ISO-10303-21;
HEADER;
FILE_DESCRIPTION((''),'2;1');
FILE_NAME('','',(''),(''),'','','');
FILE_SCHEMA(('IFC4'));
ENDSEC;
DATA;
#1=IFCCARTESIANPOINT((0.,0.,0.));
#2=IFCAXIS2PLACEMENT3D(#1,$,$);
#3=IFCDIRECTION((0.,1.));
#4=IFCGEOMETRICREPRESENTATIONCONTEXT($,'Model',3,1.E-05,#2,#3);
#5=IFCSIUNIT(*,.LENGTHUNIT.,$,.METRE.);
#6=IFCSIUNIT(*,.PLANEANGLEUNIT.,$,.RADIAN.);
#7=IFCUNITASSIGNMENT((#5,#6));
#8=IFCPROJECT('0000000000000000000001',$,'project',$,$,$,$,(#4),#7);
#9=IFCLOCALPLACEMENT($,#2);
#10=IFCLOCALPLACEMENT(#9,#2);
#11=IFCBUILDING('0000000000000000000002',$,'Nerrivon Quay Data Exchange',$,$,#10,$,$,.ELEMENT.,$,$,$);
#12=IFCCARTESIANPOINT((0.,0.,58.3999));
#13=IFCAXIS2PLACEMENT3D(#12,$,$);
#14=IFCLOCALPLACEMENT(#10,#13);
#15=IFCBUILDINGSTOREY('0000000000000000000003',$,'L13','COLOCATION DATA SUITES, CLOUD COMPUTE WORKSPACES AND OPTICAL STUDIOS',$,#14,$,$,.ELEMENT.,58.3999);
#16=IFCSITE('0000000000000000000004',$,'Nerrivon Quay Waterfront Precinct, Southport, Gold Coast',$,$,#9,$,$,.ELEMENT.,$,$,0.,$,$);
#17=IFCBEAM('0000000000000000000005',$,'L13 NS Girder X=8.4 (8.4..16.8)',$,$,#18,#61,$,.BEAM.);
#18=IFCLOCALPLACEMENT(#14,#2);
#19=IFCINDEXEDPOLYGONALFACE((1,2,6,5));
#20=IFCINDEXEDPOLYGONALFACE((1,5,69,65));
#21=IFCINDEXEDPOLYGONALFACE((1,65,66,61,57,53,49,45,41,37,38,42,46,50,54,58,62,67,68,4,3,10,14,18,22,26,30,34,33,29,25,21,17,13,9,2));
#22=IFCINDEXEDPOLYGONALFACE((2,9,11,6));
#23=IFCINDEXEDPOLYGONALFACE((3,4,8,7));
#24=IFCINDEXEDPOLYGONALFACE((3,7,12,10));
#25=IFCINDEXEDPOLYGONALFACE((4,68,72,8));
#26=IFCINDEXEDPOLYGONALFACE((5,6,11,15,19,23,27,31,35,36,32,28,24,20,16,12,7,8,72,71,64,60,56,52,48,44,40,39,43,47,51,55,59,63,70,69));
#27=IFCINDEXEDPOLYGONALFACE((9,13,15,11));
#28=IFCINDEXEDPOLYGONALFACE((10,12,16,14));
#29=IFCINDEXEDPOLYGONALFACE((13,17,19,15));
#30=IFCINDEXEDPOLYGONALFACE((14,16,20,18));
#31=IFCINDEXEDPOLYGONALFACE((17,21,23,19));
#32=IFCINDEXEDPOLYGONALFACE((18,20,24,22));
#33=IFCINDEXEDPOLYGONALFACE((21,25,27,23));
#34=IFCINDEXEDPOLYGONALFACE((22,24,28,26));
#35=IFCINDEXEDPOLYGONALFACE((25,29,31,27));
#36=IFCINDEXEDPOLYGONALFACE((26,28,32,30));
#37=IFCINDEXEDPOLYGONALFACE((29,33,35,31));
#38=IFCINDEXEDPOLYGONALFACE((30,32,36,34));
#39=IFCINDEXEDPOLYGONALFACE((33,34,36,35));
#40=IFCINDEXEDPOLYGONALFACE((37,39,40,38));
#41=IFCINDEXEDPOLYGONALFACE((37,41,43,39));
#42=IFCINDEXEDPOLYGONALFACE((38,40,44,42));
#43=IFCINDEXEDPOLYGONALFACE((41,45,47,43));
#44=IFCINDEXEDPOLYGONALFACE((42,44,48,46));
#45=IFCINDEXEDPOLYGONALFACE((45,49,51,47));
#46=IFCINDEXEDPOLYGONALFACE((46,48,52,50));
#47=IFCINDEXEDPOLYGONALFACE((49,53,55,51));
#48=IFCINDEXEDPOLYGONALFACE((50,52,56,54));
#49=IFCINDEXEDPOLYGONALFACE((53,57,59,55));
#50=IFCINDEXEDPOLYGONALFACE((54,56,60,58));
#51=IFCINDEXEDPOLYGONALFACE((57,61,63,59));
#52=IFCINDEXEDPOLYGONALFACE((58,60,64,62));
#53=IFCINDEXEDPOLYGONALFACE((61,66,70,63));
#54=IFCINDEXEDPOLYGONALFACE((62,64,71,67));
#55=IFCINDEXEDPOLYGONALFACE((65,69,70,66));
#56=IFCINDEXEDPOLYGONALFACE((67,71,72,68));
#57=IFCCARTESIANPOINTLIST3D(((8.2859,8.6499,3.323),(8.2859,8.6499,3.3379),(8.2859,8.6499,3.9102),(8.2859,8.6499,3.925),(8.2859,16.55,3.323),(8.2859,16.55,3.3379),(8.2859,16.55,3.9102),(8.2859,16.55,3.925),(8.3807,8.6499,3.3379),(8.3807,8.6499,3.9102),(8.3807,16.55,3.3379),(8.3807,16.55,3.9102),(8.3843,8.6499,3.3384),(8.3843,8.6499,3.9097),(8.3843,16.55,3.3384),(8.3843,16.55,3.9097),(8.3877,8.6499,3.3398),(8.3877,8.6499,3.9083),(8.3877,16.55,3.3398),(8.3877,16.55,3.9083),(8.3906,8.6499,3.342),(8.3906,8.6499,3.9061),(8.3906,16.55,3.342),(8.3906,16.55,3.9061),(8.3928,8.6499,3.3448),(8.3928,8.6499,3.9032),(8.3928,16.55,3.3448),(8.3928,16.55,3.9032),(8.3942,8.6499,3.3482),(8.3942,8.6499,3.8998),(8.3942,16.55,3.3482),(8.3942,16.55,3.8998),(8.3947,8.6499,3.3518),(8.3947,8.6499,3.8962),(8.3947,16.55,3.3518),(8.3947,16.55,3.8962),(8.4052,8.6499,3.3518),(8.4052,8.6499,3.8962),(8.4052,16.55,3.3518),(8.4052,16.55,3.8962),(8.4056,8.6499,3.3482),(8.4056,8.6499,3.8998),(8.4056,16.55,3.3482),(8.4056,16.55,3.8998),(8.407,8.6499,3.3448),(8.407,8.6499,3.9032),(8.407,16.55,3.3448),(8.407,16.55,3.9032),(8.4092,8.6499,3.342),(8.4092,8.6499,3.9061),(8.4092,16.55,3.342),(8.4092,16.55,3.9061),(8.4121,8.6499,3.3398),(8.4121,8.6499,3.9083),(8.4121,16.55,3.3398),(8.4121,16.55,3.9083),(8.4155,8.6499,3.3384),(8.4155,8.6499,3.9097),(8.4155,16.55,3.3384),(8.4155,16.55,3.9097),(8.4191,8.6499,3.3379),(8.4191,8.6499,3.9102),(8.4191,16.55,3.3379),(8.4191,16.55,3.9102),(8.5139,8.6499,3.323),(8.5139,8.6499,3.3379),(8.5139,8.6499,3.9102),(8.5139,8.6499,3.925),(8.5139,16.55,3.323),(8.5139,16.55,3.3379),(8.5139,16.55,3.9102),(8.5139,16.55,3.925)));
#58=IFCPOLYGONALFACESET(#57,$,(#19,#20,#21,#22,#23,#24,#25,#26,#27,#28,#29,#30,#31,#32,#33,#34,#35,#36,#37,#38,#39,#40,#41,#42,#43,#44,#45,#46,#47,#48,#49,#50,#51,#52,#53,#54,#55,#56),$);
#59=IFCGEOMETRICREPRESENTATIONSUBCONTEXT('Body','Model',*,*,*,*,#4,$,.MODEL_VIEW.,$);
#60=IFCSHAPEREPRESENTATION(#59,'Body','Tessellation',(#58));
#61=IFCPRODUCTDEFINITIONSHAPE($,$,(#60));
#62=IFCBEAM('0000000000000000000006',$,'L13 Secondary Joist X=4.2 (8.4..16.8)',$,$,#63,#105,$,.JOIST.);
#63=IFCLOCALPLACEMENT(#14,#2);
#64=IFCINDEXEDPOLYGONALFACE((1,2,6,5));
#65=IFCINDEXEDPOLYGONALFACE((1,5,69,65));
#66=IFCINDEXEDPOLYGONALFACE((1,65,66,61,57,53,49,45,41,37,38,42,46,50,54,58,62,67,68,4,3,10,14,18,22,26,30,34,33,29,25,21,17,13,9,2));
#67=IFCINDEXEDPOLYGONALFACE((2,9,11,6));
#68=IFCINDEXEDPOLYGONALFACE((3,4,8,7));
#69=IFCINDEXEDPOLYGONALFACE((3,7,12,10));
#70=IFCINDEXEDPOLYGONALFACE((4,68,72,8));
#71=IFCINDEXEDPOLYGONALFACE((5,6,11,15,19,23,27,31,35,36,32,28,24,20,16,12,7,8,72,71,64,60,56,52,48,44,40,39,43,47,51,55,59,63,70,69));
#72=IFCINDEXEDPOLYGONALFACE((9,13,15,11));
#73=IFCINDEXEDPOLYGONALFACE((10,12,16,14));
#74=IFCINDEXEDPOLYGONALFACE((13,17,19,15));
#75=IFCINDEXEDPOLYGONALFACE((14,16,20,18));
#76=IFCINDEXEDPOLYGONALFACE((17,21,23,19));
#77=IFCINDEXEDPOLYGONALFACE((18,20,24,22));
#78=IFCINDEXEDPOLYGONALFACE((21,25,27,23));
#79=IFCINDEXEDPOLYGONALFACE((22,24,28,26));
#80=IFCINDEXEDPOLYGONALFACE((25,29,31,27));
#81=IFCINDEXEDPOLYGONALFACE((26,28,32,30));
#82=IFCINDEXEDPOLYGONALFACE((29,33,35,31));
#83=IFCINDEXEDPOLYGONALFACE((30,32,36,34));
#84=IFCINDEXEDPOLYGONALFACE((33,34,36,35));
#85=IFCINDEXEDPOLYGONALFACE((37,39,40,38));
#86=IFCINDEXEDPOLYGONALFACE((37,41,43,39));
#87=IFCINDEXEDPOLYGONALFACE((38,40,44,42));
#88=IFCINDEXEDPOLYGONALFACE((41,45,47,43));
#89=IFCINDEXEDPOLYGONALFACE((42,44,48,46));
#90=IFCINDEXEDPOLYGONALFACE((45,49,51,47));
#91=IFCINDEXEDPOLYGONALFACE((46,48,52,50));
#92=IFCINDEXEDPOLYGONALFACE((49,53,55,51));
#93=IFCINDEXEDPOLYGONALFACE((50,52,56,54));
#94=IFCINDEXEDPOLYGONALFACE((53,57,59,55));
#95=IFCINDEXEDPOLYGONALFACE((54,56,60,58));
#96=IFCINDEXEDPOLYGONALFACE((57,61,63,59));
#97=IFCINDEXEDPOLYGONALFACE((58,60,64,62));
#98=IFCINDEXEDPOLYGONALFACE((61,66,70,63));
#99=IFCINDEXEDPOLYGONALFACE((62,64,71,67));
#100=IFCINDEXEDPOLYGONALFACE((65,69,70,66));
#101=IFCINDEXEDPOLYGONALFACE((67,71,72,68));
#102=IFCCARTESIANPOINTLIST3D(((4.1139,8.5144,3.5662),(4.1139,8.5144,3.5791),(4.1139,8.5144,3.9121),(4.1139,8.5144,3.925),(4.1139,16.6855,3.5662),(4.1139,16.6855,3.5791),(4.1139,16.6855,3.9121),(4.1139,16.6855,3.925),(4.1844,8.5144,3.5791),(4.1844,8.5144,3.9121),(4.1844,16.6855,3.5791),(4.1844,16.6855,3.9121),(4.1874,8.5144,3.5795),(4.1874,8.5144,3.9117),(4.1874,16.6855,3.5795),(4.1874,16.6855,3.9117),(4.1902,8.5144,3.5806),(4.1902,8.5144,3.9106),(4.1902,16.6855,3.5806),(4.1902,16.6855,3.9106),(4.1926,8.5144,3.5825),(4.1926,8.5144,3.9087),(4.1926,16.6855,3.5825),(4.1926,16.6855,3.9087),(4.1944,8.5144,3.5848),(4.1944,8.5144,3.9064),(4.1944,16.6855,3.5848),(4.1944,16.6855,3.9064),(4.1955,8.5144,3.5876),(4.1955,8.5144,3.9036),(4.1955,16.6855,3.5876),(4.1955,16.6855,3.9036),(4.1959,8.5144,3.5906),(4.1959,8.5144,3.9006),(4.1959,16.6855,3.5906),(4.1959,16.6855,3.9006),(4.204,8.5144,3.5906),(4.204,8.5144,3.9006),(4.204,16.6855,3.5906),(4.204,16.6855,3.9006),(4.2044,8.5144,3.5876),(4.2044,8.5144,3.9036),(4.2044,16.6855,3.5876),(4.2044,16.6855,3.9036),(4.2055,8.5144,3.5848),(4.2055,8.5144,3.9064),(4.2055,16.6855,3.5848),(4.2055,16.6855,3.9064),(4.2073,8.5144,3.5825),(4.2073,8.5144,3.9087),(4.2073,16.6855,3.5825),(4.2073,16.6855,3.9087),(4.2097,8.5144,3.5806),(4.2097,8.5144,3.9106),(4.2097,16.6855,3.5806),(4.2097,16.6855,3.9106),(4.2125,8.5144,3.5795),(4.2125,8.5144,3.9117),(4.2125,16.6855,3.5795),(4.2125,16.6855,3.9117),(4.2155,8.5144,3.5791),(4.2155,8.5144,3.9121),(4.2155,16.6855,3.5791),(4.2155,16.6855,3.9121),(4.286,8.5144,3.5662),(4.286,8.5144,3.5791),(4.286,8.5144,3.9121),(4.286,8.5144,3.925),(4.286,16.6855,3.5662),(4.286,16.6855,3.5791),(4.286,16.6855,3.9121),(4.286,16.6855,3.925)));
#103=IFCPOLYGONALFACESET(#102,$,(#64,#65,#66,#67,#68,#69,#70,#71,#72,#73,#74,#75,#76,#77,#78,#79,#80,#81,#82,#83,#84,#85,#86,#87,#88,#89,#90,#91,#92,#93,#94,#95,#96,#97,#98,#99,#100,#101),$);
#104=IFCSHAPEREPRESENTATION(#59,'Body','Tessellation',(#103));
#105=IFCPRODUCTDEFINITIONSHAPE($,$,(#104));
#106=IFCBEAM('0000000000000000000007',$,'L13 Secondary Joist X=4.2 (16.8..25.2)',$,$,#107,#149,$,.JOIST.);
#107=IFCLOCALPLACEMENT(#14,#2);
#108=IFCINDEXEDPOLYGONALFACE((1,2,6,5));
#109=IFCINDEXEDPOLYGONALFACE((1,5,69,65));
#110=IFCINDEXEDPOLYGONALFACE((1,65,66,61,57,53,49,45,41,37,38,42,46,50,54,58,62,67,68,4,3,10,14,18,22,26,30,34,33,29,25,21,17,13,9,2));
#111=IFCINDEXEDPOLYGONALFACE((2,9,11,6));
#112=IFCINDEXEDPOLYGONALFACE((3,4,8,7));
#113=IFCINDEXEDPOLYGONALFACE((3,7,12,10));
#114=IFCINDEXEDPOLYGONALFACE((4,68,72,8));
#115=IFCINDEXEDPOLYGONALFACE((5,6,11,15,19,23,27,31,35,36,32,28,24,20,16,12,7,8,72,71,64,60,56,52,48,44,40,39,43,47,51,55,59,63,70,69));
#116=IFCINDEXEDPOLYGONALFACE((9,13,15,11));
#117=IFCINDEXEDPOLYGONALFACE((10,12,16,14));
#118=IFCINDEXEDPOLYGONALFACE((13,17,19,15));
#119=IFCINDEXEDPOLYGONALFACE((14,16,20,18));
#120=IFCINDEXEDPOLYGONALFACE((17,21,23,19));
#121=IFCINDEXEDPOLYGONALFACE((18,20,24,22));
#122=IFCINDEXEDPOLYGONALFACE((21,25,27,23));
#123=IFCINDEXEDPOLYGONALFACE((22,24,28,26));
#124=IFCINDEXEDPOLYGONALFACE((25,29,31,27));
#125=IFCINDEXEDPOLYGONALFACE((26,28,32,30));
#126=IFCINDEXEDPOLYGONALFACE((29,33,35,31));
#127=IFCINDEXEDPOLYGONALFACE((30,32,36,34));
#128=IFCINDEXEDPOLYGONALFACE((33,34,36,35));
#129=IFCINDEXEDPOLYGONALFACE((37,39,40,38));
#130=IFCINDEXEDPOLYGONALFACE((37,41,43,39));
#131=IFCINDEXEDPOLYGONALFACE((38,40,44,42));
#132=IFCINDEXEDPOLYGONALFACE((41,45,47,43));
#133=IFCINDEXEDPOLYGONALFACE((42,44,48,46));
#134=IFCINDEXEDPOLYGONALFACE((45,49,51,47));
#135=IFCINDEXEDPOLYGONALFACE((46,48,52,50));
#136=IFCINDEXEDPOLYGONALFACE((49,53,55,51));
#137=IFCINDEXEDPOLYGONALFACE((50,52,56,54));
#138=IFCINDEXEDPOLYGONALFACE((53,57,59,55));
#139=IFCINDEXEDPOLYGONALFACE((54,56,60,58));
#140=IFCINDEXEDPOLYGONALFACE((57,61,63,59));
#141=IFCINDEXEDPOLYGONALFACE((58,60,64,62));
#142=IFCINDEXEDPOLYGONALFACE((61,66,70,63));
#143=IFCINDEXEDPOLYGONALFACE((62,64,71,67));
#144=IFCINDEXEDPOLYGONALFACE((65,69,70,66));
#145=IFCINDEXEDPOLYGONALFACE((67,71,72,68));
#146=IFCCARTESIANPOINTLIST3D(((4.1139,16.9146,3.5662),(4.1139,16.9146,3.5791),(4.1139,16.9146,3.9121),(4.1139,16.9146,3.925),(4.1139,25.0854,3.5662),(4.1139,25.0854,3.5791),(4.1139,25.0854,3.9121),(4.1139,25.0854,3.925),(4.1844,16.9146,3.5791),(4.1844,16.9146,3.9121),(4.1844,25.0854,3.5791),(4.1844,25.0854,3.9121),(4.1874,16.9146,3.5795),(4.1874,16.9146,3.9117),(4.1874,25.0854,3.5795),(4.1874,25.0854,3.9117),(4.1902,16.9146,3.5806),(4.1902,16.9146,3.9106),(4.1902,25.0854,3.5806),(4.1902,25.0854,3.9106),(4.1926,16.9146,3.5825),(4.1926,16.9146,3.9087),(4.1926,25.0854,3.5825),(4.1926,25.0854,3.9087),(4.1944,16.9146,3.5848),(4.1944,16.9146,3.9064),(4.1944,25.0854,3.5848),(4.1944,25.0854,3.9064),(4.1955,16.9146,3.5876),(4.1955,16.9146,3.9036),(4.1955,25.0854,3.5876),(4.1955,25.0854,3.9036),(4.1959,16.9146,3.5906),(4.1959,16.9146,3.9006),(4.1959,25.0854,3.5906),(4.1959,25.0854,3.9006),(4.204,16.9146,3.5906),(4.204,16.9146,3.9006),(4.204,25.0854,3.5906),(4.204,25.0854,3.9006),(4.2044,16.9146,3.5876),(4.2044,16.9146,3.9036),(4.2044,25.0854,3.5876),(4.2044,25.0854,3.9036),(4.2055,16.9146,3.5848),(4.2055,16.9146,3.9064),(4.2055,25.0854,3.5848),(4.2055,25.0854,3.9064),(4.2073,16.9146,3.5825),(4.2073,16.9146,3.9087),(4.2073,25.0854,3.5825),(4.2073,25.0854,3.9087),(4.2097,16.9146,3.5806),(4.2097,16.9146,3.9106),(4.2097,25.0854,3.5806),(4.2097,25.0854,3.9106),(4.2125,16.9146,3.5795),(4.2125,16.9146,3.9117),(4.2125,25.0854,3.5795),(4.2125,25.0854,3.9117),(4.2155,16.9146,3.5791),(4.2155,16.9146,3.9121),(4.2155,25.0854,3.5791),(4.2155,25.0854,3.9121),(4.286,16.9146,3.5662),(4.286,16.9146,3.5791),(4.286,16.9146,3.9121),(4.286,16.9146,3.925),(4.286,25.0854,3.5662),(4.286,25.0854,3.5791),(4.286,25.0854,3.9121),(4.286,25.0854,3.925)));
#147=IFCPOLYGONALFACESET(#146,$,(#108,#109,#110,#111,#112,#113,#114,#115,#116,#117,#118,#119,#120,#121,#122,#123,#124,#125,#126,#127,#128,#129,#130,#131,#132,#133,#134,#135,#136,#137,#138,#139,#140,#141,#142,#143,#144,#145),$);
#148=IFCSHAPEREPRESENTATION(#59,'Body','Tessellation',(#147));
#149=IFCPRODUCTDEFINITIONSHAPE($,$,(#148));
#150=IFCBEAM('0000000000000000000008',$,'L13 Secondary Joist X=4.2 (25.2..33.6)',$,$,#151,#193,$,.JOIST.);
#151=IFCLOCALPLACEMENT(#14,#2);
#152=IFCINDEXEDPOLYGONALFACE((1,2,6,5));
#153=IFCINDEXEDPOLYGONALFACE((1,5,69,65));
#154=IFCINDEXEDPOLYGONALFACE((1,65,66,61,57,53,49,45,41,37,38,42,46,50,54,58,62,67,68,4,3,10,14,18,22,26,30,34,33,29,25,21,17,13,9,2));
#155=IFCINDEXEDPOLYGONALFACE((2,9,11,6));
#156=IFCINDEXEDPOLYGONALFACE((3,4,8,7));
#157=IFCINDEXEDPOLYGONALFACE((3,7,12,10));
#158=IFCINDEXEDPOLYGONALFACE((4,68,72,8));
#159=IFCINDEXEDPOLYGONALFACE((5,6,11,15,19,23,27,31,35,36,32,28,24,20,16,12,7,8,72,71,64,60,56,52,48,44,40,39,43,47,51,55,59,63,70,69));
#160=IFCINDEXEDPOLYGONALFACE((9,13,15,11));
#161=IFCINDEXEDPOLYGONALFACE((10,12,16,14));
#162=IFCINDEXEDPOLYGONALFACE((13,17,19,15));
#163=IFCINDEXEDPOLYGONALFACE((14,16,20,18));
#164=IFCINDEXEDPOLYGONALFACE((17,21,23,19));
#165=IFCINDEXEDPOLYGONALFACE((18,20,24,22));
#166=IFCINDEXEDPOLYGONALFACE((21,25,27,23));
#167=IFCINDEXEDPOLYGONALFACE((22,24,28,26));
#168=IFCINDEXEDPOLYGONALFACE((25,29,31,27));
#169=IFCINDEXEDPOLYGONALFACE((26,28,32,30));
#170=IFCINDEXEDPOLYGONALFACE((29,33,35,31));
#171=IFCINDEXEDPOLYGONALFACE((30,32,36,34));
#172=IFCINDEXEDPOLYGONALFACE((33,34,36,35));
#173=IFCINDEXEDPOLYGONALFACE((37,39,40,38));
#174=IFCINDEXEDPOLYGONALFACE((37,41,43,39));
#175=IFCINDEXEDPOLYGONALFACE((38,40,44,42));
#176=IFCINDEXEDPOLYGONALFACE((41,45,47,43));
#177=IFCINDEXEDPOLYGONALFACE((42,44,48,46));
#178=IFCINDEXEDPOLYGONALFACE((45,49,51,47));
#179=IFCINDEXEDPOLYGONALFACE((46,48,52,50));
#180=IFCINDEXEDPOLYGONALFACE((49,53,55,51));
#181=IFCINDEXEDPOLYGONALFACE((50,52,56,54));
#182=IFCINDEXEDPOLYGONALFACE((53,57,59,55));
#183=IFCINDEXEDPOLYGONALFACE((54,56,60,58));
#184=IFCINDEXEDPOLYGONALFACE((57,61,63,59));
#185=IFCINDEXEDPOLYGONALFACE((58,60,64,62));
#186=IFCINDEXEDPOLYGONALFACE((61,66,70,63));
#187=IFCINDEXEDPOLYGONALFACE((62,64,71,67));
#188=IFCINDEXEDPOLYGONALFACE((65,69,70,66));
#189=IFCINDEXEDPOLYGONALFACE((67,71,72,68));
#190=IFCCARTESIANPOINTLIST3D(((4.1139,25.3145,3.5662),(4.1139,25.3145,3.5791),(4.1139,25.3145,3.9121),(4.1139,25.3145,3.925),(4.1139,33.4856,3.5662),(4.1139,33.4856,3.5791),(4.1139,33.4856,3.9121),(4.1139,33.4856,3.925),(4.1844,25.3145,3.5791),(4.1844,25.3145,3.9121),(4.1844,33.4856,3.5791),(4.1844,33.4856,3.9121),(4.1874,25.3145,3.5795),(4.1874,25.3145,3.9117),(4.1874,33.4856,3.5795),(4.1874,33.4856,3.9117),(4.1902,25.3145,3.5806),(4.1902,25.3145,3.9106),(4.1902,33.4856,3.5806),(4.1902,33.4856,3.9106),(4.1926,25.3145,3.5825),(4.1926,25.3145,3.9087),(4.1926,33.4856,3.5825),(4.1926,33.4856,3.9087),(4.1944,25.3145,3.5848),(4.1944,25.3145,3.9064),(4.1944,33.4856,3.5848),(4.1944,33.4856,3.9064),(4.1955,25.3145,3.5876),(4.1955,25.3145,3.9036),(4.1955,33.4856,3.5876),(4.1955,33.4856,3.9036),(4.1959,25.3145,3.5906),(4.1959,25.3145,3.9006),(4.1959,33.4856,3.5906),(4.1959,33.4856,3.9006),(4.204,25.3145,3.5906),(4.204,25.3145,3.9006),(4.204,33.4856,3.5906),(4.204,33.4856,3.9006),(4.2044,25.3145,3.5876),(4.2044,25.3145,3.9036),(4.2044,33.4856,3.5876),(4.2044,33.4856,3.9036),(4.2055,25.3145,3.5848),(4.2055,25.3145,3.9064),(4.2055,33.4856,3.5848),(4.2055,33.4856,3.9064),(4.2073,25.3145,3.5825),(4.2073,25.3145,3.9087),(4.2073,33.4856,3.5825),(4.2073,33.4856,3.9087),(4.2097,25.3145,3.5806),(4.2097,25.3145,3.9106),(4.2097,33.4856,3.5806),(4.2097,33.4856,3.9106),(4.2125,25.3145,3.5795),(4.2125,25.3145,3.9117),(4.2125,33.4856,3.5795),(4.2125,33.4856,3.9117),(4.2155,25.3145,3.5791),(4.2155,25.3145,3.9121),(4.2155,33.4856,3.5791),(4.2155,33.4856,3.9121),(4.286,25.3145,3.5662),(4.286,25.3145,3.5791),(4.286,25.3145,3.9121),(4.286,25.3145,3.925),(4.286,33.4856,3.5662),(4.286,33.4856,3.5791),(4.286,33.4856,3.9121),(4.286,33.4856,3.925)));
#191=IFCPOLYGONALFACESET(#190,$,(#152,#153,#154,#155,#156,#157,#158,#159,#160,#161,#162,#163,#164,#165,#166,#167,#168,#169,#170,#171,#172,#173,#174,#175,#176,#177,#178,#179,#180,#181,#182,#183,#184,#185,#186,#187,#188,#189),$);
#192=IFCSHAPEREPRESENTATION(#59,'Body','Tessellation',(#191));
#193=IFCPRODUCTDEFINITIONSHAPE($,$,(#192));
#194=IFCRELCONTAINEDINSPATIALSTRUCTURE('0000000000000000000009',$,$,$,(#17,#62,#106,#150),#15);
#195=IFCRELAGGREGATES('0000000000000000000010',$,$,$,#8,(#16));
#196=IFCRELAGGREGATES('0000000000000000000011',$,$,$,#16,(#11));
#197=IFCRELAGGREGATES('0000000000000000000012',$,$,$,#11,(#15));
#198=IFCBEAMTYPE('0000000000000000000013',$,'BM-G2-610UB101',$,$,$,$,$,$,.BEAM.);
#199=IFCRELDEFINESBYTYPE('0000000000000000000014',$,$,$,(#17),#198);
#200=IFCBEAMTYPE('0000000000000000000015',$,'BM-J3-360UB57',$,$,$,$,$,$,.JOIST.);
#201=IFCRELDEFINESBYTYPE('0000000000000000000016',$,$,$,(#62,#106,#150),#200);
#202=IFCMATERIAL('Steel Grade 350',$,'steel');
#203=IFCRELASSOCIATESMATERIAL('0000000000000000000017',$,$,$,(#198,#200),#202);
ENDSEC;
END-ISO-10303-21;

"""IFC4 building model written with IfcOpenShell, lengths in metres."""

from ifc_helpers import new_model, si_unit, direction, frame, origin, origin_2d, place, context, subcontext, project, spatial, i_section, extrude, material, material_profile, profile_set, type_object, element, save


model = new_model("IFC4")

# Units and contexts
model_context = context("Model", 3, precision=1e-05, world=origin(), true_north=direction((0.0, 1.0)))
body_context = subcontext(model_context, "Body", "Model", "MODEL_VIEW")
ifc_project = project(units=[si_unit("LENGTHUNIT", "METRE"), si_unit("PLANEANGLEUNIT", "RADIAN")], contexts=[model_context])

# Site, building, storey
site_placement = place(None, origin())
site = spatial("IfcSite", under=ifc_project, at=site_placement, Name="Nerrivon Quay Waterfront Precinct, Southport, Gold Coast", CompositionType="ELEMENT", RefElevation=0.0)
building_placement = place(site_placement, origin())
building = spatial("IfcBuilding", under=site, at=building_placement, Name="Nerrivon Quay Data Exchange", CompositionType="ELEMENT")
storey_placement = place(building_placement, frame((0.0, 0.0, 58.3999)))
storey = spatial("IfcBuildingStorey", under=building, at=storey_placement, Name="L13", Description="COLOCATION DATA SUITES, CLOUD COMPUTE WORKSPACES AND OPTICAL STUDIOS", CompositionType="ELEMENT", Elevation=58.3999)

# Shared definitions
ifc_material_1 = material(Name="Steel Grade 350", Category="steel")

# Beams
ifc_material_profile_1 = material_profile(ifc_material_1, i_section(OverallWidth=0.228, OverallDepth=0.6021, WebThickness=0.0105, FlangeThickness=0.0149, FilletRadius=0.0139, at=origin_2d()), Name="610UB101")
ifc_profile_set_1 = profile_set([ifc_material_profile_1], Name="Steel Grade 350")
beam_type_1 = type_object("IfcBeamType", Name="BM-G2-610UB101", PredefinedType="BEAM", material=ifc_profile_set_1)
beam_1_placement = place(storey_placement, frame((8.3999, 8.6499, 3.624), z_axis=(0.0, 1.0, 0.0), x_axis=(-1.0, 0.0, 0.0)))
element("IfcBeam", 1, at=beam_1_placement, inside=storey, type_object=beam_type_1, Name="L13 NS Girder X=8.4 (8.4..16.8)", PredefinedType="BEAM", context=body_context, shape_type="SweptSolid", body=[
    extrude(i_section(OverallWidth=0.228, OverallDepth=0.6021, WebThickness=0.0105, FlangeThickness=0.0149, FilletRadius=0.0139, at=origin_2d()), origin(), (0.0, 0.0, 1.0), 7.9001),
])
ifc_material_profile_2 = material_profile(ifc_material_1, i_section(OverallWidth=0.1721, OverallDepth=0.3589, WebThickness=0.0081, FlangeThickness=0.0129, FilletRadius=0.0115, at=origin_2d()), Name="360UB56.7")
ifc_profile_set_2 = profile_set([ifc_material_profile_2], Name="Steel Grade 350")
beam_type_2 = type_object("IfcBeamType", Name="BM-J3-360UB57", PredefinedType="JOIST", material=ifc_profile_set_2)
beam_2_placement = place(storey_placement, frame((4.2, 8.5144, 3.7456), z_axis=(0.0, 1.0, 0.0), x_axis=(-1.0, 0.0, 0.0)))
element("IfcBeam", 2, at=beam_2_placement, inside=storey, type_object=beam_type_2, Name="L13 Secondary Joist X=4.2 (8.4..16.8)", PredefinedType="JOIST", context=body_context, shape_type="SweptSolid", body=[
    extrude(i_section(OverallWidth=0.1721, OverallDepth=0.3589, WebThickness=0.0081, FlangeThickness=0.0129, FilletRadius=0.0115, at=origin_2d()), origin(), (0.0, 0.0, 1.0), 8.1711),
])
beam_3_placement = place(storey_placement, frame((4.2, 16.9146, 3.7456), z_axis=(0.0, 1.0, 0.0), x_axis=(-1.0, 0.0, 0.0)))
element("IfcBeam", 3, at=beam_3_placement, inside=storey, type_object=beam_type_2, Name="L13 Secondary Joist X=4.2 (16.8..25.2)", PredefinedType="JOIST", context=body_context, shape_type="SweptSolid", body=[
    extrude(i_section(OverallWidth=0.1721, OverallDepth=0.3589, WebThickness=0.0081, FlangeThickness=0.0129, FilletRadius=0.0115, at=origin_2d()), origin(), (0.0, 0.0, 1.0), 8.1709),
])
beam_4_placement = place(storey_placement, frame((4.2, 25.3145, 3.7456), z_axis=(0.0, 1.0, 0.0), x_axis=(-1.0, 0.0, 0.0)))
element("IfcBeam", 4, at=beam_4_placement, inside=storey, type_object=beam_type_2, Name="L13 Secondary Joist X=4.2 (25.2..33.6)", PredefinedType="JOIST", context=body_context, shape_type="SweptSolid", body=[
    extrude(i_section(OverallWidth=0.1721, OverallDepth=0.3589, WebThickness=0.0081, FlangeThickness=0.0129, FilletRadius=0.0115, at=origin_2d()), origin(), (0.0, 0.0, 1.0), 8.1711),
])

save(model, "model.ifc")
